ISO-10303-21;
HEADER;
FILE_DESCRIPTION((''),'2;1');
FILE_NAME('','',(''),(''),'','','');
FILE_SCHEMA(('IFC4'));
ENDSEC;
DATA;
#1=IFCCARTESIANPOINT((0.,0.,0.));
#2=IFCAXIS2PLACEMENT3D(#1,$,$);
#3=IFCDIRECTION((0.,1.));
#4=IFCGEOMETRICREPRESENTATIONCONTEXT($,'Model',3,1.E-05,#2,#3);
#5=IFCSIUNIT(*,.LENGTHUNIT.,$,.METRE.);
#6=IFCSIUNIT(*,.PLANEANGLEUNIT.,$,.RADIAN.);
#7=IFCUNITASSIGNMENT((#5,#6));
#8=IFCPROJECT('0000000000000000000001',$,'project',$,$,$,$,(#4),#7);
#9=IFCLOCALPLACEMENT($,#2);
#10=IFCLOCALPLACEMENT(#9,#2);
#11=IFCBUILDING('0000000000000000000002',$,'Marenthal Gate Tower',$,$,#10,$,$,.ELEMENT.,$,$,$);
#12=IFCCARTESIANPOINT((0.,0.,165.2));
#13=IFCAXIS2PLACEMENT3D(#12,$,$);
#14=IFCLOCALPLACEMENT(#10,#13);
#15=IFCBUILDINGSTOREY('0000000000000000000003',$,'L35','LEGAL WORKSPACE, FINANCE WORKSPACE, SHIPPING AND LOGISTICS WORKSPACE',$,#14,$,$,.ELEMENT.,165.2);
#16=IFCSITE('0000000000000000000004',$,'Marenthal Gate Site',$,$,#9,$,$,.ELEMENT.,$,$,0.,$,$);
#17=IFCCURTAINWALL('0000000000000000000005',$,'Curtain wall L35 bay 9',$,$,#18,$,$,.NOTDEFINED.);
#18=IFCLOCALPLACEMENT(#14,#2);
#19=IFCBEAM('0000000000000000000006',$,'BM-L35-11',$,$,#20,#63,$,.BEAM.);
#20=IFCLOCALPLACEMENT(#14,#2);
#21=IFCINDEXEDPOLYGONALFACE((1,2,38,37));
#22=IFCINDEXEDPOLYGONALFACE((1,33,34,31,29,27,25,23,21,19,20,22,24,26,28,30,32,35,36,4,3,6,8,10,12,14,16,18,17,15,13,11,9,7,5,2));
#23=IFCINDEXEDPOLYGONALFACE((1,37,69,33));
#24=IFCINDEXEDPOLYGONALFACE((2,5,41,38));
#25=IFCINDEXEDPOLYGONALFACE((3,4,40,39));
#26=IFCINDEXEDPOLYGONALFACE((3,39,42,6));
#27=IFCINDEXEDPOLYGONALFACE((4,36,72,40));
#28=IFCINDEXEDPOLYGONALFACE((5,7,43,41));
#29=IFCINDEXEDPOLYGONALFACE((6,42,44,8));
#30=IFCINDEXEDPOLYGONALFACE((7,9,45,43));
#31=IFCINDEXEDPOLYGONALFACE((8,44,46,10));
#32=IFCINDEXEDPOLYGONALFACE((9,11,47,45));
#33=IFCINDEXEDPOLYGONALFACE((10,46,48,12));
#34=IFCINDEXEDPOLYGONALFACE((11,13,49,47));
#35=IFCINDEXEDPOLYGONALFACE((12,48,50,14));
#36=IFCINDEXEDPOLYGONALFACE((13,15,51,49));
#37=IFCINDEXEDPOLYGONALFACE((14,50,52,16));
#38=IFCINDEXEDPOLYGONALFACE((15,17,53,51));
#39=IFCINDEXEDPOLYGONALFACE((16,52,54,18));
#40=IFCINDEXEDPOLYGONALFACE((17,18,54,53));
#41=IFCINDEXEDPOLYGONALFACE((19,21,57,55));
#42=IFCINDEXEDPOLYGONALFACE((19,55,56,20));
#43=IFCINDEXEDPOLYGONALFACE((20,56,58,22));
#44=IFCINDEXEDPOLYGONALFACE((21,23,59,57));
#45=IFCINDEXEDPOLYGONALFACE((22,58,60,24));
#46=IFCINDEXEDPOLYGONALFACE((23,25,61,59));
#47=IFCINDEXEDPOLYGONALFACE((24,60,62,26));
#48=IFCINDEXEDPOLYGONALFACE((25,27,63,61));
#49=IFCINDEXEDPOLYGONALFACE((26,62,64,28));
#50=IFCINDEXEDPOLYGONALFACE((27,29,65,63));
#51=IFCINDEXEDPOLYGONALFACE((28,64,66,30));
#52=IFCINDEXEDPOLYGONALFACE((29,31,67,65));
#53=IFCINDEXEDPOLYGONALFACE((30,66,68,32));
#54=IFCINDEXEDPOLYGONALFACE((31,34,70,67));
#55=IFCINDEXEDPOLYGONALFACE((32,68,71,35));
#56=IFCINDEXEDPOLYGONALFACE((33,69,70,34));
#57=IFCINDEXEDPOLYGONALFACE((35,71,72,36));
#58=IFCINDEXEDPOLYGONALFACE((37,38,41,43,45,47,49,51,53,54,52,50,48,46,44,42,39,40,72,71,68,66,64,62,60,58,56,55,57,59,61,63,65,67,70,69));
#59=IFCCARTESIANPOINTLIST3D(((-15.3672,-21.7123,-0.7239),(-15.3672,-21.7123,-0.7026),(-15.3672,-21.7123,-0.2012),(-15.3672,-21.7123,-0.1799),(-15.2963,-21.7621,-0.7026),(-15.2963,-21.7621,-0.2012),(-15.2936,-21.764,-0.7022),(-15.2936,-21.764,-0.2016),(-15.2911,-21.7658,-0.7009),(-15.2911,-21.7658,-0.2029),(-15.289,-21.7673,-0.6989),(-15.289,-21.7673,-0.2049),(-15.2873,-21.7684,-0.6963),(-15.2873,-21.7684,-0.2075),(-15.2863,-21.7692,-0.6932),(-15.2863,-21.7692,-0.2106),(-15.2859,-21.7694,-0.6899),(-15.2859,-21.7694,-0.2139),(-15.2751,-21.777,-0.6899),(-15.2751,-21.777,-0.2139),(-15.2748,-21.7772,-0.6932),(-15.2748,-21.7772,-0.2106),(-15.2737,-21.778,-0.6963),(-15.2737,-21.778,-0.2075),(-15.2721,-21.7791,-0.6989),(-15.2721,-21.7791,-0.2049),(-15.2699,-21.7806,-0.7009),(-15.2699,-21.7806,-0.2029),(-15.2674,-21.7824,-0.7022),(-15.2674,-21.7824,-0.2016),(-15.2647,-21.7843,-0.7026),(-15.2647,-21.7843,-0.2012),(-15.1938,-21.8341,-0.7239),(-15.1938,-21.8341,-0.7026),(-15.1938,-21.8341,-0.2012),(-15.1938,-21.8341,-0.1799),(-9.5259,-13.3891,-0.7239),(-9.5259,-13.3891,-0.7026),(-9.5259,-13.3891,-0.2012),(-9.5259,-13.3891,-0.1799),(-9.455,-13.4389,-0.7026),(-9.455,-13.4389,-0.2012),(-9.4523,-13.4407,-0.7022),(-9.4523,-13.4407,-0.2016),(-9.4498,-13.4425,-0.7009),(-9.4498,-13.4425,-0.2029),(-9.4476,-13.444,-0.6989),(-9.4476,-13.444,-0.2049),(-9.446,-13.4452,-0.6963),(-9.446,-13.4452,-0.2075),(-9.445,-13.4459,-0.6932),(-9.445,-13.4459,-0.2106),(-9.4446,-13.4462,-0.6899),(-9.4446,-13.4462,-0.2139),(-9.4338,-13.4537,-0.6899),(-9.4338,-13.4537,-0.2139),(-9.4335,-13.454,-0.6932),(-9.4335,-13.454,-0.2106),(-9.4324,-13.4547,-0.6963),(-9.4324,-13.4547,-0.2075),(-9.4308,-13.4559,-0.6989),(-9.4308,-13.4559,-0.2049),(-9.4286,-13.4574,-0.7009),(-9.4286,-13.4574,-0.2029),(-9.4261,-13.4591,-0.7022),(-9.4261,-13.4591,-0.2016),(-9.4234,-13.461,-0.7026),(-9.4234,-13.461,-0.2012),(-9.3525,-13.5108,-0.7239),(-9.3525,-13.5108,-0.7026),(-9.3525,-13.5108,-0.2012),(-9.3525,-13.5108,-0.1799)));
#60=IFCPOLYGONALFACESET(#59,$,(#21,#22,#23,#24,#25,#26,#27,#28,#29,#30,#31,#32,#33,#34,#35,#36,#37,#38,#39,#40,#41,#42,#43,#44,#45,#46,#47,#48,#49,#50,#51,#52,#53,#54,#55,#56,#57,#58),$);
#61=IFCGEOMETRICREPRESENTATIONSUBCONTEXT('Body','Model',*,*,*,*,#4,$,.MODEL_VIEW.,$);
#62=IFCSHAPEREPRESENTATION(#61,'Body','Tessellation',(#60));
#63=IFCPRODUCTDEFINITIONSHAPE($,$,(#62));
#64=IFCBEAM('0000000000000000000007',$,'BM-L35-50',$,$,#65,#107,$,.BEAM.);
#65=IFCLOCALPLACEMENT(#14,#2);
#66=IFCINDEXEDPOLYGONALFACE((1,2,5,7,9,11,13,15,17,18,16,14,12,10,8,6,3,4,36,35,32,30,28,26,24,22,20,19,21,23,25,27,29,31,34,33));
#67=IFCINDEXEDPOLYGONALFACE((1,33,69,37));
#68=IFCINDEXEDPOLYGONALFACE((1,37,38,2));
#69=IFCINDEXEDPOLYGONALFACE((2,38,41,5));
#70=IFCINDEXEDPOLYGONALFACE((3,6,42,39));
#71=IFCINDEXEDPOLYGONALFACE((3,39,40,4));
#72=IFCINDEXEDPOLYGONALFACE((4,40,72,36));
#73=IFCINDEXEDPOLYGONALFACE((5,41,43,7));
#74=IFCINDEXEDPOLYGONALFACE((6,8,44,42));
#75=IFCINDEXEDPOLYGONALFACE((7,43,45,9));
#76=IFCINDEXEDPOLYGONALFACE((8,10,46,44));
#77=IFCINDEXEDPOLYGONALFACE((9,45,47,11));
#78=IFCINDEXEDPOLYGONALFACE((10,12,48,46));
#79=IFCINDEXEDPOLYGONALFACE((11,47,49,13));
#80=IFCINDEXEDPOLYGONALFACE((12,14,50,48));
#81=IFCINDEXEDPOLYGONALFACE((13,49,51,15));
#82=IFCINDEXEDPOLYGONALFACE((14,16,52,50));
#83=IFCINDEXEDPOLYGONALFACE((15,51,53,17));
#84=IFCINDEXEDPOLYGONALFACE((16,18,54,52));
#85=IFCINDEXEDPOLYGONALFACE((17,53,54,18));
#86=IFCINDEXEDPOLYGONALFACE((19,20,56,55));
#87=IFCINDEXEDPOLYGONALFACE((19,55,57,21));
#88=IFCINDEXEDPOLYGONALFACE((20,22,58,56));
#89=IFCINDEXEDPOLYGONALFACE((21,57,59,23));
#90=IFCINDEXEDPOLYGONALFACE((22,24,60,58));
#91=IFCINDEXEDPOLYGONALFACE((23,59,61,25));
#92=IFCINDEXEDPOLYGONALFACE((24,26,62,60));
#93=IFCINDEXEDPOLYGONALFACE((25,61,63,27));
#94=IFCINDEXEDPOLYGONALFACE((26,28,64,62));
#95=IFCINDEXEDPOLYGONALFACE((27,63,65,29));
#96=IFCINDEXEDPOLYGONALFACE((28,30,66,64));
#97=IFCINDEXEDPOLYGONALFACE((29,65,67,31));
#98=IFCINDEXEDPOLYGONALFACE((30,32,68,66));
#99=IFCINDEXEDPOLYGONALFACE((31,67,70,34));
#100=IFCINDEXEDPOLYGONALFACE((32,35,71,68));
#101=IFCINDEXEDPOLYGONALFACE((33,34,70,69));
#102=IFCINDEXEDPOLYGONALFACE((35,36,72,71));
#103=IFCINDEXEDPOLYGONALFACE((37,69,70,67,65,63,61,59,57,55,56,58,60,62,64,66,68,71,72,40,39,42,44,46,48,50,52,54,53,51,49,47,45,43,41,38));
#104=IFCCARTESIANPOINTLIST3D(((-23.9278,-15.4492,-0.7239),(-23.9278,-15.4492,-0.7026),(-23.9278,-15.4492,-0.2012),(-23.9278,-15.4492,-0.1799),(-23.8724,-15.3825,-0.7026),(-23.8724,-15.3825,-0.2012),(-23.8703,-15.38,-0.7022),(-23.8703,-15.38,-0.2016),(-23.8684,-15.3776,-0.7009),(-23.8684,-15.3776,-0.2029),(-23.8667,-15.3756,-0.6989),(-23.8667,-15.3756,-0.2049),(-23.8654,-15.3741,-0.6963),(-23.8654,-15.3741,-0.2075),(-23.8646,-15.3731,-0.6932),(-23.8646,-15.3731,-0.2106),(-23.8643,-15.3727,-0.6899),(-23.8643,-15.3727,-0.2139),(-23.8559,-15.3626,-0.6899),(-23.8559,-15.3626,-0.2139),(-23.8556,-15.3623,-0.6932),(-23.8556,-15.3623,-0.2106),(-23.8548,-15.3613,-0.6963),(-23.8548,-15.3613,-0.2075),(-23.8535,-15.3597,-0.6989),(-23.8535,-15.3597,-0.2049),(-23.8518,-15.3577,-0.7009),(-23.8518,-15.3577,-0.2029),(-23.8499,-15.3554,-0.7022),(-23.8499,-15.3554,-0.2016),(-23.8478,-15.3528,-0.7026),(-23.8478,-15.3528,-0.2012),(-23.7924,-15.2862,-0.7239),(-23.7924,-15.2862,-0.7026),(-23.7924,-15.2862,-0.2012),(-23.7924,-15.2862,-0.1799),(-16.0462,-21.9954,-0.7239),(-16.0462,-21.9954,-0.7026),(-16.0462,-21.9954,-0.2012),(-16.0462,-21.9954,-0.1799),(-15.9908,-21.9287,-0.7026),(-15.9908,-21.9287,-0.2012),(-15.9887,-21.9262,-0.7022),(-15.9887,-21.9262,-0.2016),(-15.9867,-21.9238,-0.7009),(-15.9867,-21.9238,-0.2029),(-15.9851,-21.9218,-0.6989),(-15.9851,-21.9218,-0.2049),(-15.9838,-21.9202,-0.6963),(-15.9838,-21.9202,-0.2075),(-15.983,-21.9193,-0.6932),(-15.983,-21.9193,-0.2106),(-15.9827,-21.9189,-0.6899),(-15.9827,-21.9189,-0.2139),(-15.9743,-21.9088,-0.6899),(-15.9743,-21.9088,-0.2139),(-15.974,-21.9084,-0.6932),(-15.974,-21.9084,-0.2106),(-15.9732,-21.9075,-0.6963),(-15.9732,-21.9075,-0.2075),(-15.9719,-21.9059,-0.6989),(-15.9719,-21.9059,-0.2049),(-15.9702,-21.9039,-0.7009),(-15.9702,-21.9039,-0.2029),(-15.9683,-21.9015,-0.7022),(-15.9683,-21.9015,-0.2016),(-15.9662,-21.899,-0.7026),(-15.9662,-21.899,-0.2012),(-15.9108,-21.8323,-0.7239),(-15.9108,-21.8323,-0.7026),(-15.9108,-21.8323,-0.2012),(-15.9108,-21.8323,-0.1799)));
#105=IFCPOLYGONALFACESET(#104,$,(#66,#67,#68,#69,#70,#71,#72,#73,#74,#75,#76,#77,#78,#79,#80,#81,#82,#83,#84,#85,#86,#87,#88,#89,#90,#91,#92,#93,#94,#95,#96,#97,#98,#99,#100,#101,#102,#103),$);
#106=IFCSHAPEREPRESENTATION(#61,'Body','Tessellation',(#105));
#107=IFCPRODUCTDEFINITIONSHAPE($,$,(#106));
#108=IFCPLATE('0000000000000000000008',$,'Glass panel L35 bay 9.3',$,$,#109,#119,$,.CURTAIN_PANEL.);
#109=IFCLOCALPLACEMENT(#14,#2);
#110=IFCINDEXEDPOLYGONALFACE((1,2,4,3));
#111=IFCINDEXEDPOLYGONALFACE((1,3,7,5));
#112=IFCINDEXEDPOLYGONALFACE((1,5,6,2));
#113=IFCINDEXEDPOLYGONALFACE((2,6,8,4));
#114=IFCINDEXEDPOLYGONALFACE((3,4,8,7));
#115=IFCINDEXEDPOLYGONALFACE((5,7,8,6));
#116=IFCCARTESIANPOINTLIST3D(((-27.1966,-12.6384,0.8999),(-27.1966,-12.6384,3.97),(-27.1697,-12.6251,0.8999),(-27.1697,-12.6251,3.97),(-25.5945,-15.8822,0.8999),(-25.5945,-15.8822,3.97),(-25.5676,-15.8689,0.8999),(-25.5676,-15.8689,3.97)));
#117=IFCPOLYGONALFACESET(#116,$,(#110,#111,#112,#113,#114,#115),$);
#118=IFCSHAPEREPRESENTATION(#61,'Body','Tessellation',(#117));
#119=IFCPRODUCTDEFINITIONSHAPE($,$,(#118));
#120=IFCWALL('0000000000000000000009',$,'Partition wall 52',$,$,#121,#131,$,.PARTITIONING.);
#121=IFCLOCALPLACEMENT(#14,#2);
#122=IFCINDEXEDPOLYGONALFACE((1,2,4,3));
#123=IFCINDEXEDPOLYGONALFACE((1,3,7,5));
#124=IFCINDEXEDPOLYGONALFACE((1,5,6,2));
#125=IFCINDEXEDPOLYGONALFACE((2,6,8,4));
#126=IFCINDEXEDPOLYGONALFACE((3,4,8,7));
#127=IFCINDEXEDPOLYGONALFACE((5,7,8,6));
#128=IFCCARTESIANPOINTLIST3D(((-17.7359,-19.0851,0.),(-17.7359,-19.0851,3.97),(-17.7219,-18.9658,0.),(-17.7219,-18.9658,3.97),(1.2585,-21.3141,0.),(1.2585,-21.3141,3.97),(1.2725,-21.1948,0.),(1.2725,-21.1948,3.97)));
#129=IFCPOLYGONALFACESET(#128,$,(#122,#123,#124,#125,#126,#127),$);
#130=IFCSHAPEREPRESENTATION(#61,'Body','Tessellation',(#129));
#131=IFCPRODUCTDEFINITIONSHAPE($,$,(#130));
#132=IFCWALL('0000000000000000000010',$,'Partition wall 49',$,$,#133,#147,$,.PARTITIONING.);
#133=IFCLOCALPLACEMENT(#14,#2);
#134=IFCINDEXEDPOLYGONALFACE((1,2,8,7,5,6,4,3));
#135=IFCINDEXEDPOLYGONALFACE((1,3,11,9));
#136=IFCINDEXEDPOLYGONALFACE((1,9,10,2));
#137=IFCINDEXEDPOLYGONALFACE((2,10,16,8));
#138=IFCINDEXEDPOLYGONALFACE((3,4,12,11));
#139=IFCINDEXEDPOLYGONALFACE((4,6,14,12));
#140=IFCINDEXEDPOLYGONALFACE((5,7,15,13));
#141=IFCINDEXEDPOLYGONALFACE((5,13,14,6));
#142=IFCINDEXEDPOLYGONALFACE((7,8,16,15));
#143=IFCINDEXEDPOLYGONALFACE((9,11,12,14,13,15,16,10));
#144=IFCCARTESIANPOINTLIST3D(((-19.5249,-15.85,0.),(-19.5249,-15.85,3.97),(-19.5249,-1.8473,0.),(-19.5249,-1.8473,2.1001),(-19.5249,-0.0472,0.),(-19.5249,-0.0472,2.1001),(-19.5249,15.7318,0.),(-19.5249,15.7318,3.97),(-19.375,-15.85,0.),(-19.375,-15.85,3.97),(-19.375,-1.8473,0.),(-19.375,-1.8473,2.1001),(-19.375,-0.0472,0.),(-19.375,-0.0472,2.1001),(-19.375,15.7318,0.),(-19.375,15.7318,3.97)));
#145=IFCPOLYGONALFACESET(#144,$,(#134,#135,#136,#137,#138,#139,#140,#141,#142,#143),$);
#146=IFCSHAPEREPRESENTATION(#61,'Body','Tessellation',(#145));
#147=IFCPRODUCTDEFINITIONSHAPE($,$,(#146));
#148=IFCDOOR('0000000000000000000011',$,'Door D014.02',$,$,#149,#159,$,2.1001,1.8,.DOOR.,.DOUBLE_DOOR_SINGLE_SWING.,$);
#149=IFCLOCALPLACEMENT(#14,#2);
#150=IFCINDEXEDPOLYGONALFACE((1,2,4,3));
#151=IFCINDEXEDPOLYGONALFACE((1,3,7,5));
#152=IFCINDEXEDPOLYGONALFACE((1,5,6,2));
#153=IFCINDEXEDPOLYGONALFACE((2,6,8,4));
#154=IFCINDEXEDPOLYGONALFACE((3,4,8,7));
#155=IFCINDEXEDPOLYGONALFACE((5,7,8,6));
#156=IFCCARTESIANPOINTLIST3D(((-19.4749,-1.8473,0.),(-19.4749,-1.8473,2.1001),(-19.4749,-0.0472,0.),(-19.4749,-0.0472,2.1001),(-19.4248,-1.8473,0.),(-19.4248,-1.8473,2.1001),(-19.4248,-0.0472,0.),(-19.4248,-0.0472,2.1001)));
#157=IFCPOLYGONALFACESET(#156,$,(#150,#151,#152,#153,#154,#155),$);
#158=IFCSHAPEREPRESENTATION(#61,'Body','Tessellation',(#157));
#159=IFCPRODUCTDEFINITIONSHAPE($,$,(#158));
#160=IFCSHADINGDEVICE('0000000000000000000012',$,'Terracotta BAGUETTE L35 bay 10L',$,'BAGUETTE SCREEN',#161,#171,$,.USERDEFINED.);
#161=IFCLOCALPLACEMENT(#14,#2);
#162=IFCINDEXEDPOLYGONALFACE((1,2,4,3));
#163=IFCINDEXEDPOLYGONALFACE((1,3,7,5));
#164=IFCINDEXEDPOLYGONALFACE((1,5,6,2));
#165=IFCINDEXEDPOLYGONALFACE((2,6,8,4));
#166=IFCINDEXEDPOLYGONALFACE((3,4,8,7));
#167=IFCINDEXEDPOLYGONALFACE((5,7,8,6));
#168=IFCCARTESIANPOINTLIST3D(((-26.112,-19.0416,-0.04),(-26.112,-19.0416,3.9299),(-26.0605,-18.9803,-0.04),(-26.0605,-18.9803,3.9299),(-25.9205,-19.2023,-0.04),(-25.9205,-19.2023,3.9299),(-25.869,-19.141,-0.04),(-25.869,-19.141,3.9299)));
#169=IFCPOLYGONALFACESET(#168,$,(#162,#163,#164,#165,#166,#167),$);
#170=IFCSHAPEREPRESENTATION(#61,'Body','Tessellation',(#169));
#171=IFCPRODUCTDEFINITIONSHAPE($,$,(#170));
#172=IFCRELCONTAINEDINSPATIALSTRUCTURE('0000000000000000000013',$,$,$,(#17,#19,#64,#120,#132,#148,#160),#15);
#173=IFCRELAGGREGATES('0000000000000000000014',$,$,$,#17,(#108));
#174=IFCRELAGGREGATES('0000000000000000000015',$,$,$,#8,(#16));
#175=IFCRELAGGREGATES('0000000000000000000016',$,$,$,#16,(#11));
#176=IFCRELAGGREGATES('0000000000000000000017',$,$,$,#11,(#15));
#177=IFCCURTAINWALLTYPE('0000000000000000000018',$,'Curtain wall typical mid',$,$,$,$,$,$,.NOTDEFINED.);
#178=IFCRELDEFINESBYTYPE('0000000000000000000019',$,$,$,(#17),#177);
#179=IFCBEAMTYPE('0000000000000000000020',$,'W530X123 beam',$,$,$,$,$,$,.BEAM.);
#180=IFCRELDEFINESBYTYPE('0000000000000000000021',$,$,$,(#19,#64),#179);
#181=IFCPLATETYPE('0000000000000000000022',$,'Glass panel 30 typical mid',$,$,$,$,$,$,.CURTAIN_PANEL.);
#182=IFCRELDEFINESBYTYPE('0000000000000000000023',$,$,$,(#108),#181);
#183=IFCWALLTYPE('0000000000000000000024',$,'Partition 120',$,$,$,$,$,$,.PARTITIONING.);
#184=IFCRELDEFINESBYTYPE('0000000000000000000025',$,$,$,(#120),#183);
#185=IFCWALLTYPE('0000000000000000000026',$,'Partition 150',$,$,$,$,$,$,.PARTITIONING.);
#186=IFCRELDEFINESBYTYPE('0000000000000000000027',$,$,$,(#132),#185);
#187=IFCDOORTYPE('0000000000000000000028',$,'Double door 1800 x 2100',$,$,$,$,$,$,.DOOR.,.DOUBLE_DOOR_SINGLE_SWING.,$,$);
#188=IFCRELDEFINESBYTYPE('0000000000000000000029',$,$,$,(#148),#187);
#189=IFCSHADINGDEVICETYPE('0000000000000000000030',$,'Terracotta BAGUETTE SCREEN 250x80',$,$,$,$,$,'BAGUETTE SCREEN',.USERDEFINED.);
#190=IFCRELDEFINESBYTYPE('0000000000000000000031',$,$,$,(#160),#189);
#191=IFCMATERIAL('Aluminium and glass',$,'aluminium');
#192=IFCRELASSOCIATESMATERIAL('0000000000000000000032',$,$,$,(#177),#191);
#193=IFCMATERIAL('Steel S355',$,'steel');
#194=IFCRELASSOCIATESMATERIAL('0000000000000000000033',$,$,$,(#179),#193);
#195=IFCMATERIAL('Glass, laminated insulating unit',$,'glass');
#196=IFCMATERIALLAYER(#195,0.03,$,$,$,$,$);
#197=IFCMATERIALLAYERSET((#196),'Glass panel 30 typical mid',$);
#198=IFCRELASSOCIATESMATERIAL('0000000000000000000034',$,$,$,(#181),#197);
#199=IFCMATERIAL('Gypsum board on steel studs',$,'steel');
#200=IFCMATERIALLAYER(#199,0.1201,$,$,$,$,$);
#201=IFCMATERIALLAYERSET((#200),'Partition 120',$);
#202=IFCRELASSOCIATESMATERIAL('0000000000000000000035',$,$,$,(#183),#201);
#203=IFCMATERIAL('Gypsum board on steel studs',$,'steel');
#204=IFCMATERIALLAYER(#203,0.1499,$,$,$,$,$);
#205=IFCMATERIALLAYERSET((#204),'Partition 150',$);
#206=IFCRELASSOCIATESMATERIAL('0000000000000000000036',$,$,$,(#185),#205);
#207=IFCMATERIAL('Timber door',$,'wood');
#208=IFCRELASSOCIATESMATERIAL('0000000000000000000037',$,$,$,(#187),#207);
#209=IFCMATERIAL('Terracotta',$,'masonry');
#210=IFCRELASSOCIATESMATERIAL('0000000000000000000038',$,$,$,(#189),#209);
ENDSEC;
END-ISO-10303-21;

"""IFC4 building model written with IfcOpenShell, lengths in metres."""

from ifc_helpers import new_model, si_unit, direction, frame, frame_2d, origin, origin_2d, place, context, subcontext, project, spatial, rectangle, i_section, extrude, material, layer, layer_set, material_profile, profile_set, type_object, element, fill, aggregate, save


model = new_model("IFC4")

# Units and contexts
model_context = context("Model", 3, precision=1e-05, world=origin(), true_north=direction((0.0, 1.0)))
body_context = subcontext(model_context, "Body", "Model", "MODEL_VIEW")
ifc_project = project(units=[si_unit("LENGTHUNIT", "METRE"), si_unit("PLANEANGLEUNIT", "RADIAN")], contexts=[model_context])

# Site, building, storey
site_placement = place(None, origin())
site = spatial("IfcSite", under=ifc_project, at=site_placement, Name="Marenthal Gate Site", CompositionType="ELEMENT", RefElevation=0.0)
building_placement = place(site_placement, origin())
building = spatial("IfcBuilding", under=site, at=building_placement, Name="Marenthal Gate Tower", CompositionType="ELEMENT")
storey_placement = place(building_placement, frame((0.0, 0.0, 165.2)))
storey = spatial("IfcBuildingStorey", under=building, at=storey_placement, Name="L35", Description="LEGAL WORKSPACE, FINANCE WORKSPACE, SHIPPING AND LOGISTICS WORKSPACE", CompositionType="ELEMENT", Elevation=165.2)

# Curtain wall
ifc_material_1 = material(Name="Aluminium and glass", Category="aluminium")
curtain_wall_type = type_object("IfcCurtainWallType", Name="Curtain wall typical mid", PredefinedType="NOTDEFINED", material=ifc_material_1)
curtain_wall_1_placement = place(storey_placement, origin())
curtain_wall_1 = element("IfcCurtainWall", 1, at=curtain_wall_1_placement, inside=storey, type_object=curtain_wall_type, Name="Curtain wall L35 bay 9", PredefinedType="NOTDEFINED")

# Beams
ifc_material_2 = material(Name="Steel S355", Category="steel")
ifc_material_profile_1 = material_profile(ifc_material_2, i_section(OverallWidth=0.2119, OverallDepth=0.5439, WebThickness=0.0132, FlangeThickness=0.0212, FilletRadius=0.0127, at=origin_2d()), Name="W530X123")
ifc_profile_set_1 = profile_set([ifc_material_profile_1], Name="Steel S355")
beam_type_1 = type_object("IfcBeamType", Name="W530X123 beam", PredefinedType="BEAM", material=ifc_profile_set_1)
beam_1_placement = place(storey_placement, frame((-15.2805, -21.7732, -0.4519), z_axis=(0.574455, 0.818536, 0.0), x_axis=(-0.818536, 0.574455, 0.0)))
element("IfcBeam", 2, at=beam_1_placement, inside=storey, type_object=beam_type_1, Name="BM-L35-11", PredefinedType="BEAM", context=body_context, shape_type="SweptSolid", body=[
    extrude(i_section(OverallWidth=0.2119, OverallDepth=0.5439, WebThickness=0.0132, FlangeThickness=0.0212, FilletRadius=0.0127, at=origin_2d()), origin(), (0.0, 0.0, 1.0), 10.1685),
])
beam_2_placement = place(storey_placement, frame((-23.8601, -15.3677, -0.4519), z_axis=(0.769269, -0.638925, 0.0), x_axis=(0.638925, 0.769269, 0.0)))
element("IfcBeam", 3, at=beam_2_placement, inside=storey, type_object=beam_type_1, Name="BM-L35-50", PredefinedType="BEAM", context=body_context, shape_type="SweptSolid", body=[
    extrude(i_section(OverallWidth=0.2119, OverallDepth=0.5439, WebThickness=0.0132, FlangeThickness=0.0212, FilletRadius=0.0127, at=origin_2d()), origin(), (0.0, 0.0, 1.0), 10.2456),
])

# Plate
ifc_material_3 = material(Name="Glass, laminated insulating unit", Category="glass")
ifc_layer_1 = layer(ifc_material_3, 0.03)
ifc_layer_set_1 = layer_set([ifc_layer_1], Name="Glass panel 30 typical mid")
plate_type = type_object("IfcPlateType", Name="Glass panel 30 typical mid", PredefinedType="CURTAIN_PANEL", material=ifc_layer_set_1)
plate_placement = place(storey_placement, frame((-26.3821, -14.2537, 0.8999), z_axis=(0.0, 0.0, 1.0), x_axis=(0.442824, -0.896609, 0.0)))
plate = element("IfcPlate", 4, at=plate_placement, type_object=plate_type, Name="Glass panel L35 bay 9.3", PredefinedType="CURTAIN_PANEL", context=body_context, shape_type="SweptSolid", body=[
    extrude(rectangle(XDim=3.6179, YDim=0.03, at=origin_2d()), origin(), (0.0, 0.0, 1.0), 3.0701),
])
aggregate(curtain_wall_1, [plate])

# Wall
ifc_material_4 = material(Name="Gypsum board on steel studs", Category="steel")
ifc_layer_2 = layer(ifc_material_4, 0.1201)
ifc_layer_set_2 = layer_set([ifc_layer_2], Name="Partition 120")
wall_type_1 = type_object("IfcWallType", Name="Partition 120", PredefinedType="PARTITIONING", material=ifc_layer_set_2)
wall_1_placement = place(storey_placement, frame((-17.729, -19.0254, 0.0), z_axis=(0.0, 0.0, 1.0), x_axis=(0.993185, -0.116551, 0.0)))
element("IfcWall", 5, at=wall_1_placement, inside=storey, type_object=wall_type_1, Name="Partition wall 52", PredefinedType="PARTITIONING", context=body_context, shape_type="SweptSolid", body=[
    extrude(rectangle(XDim=19.1248, YDim=0.1201, at=frame_2d((9.5625, 0.0))), origin(), (0.0, 0.0, 1.0), 3.97),
])

# Wall, opening, door
ifc_material_5 = material(Name="Gypsum board on steel studs", Category="steel")
ifc_layer_3 = layer(ifc_material_5, 0.1499)
ifc_layer_set_3 = layer_set([ifc_layer_3], Name="Partition 150")
wall_type_2 = type_object("IfcWallType", Name="Partition 150", PredefinedType="PARTITIONING", material=ifc_layer_set_3)
wall_2_placement = place(storey_placement, frame((-19.45, -15.8501, 0.0), z_axis=(0.0, 0.0, 1.0), x_axis=(0.0, 1.0, 0.0)))
wall_2 = element("IfcWall", 6, at=wall_2_placement, inside=storey, type_object=wall_type_2, Name="Partition wall 49", PredefinedType="PARTITIONING", context=body_context, shape_type="SweptSolid", body=[
    extrude(rectangle(XDim=31.5818, YDim=0.1499, at=frame_2d((15.791, 0.0))), origin(), (0.0, 0.0, 1.0), 3.97),
])
opening_1_placement = place(wall_2_placement, frame((14.0029, 0.0, 0.0)))
opening_1 = element("IfcOpeningElement", 7, at=opening_1_placement, cuts=wall_2, PredefinedType="OPENING", context=body_context, shape_type="SweptSolid", body=[
    extrude(rectangle(XDim=1.8, YDim=2.1001, at=frame_2d((0.8999, 1.05))), frame((0.0, 0.085, 0.0), z_axis=(0.0, -1.0, 0.0), x_axis=(1.0, 0.0, 0.0)), (0.0, 0.0, 1.0), 0.1699),
])
ifc_material_6 = material(Name="Timber door", Category="wood")
door_type_1 = type_object("IfcDoorType", Name="Double door 1800 x 2100", OperationType="DOUBLE_DOOR_SINGLE_SWING", PredefinedType="DOOR", material=ifc_material_6)
door_1_placement = place(opening_1_placement, origin())
door_1 = element("IfcDoor", 8, at=door_1_placement, inside=storey, type_object=door_type_1, Name="Door D014.02", OperationType="DOUBLE_DOOR_SINGLE_SWING", OverallHeight=2.1001, OverallWidth=1.8, PredefinedType="DOOR", context=body_context, shape_type="SweptSolid", body=[
    extrude(rectangle(XDim=1.8, YDim=2.1001, at=frame_2d((0.8999, 1.05))), frame((0.0, 0.0249, 0.0), z_axis=(0.0, -1.0, 0.0), x_axis=(1.0, 0.0, 0.0)), (0.0, 0.0, 1.0), 0.05),
])
fill(opening_1, door_1)

# Shading device
ifc_material_7 = material(Name="Terracotta", Category="masonry")
ifc_material_profile_2 = material_profile(ifc_material_7, rectangle(XDim=0.25, YDim=0.0801, at=origin_2d()), Name="Terracotta baguette 250x80")
ifc_profile_set_2 = profile_set([ifc_material_profile_2], Name="Terracotta")
shading_device_type = type_object("IfcShadingDeviceType", Name="Terracotta BAGUETTE SCREEN 250x80", ElementType="BAGUETTE SCREEN", PredefinedType="USERDEFINED", material=ifc_profile_set_2)
shading_device_placement = place(storey_placement, frame((-25.9905, -19.0913, -0.04), z_axis=(0.0, 0.0, 1.0), x_axis=(0.765921, -0.642935, 0.0)))
element("IfcShadingDevice", 9, at=shading_device_placement, inside=storey, type_object=shading_device_type, Name="Terracotta BAGUETTE L35 bay 10L", ObjectType="BAGUETTE SCREEN", PredefinedType="USERDEFINED", context=body_context, shape_type="SweptSolid", body=[
    extrude(rectangle(XDim=0.25, YDim=0.0801, at=origin_2d()), origin(), (0.0, 0.0, 1.0), 3.97),
])

save(model, "model.ifc")
